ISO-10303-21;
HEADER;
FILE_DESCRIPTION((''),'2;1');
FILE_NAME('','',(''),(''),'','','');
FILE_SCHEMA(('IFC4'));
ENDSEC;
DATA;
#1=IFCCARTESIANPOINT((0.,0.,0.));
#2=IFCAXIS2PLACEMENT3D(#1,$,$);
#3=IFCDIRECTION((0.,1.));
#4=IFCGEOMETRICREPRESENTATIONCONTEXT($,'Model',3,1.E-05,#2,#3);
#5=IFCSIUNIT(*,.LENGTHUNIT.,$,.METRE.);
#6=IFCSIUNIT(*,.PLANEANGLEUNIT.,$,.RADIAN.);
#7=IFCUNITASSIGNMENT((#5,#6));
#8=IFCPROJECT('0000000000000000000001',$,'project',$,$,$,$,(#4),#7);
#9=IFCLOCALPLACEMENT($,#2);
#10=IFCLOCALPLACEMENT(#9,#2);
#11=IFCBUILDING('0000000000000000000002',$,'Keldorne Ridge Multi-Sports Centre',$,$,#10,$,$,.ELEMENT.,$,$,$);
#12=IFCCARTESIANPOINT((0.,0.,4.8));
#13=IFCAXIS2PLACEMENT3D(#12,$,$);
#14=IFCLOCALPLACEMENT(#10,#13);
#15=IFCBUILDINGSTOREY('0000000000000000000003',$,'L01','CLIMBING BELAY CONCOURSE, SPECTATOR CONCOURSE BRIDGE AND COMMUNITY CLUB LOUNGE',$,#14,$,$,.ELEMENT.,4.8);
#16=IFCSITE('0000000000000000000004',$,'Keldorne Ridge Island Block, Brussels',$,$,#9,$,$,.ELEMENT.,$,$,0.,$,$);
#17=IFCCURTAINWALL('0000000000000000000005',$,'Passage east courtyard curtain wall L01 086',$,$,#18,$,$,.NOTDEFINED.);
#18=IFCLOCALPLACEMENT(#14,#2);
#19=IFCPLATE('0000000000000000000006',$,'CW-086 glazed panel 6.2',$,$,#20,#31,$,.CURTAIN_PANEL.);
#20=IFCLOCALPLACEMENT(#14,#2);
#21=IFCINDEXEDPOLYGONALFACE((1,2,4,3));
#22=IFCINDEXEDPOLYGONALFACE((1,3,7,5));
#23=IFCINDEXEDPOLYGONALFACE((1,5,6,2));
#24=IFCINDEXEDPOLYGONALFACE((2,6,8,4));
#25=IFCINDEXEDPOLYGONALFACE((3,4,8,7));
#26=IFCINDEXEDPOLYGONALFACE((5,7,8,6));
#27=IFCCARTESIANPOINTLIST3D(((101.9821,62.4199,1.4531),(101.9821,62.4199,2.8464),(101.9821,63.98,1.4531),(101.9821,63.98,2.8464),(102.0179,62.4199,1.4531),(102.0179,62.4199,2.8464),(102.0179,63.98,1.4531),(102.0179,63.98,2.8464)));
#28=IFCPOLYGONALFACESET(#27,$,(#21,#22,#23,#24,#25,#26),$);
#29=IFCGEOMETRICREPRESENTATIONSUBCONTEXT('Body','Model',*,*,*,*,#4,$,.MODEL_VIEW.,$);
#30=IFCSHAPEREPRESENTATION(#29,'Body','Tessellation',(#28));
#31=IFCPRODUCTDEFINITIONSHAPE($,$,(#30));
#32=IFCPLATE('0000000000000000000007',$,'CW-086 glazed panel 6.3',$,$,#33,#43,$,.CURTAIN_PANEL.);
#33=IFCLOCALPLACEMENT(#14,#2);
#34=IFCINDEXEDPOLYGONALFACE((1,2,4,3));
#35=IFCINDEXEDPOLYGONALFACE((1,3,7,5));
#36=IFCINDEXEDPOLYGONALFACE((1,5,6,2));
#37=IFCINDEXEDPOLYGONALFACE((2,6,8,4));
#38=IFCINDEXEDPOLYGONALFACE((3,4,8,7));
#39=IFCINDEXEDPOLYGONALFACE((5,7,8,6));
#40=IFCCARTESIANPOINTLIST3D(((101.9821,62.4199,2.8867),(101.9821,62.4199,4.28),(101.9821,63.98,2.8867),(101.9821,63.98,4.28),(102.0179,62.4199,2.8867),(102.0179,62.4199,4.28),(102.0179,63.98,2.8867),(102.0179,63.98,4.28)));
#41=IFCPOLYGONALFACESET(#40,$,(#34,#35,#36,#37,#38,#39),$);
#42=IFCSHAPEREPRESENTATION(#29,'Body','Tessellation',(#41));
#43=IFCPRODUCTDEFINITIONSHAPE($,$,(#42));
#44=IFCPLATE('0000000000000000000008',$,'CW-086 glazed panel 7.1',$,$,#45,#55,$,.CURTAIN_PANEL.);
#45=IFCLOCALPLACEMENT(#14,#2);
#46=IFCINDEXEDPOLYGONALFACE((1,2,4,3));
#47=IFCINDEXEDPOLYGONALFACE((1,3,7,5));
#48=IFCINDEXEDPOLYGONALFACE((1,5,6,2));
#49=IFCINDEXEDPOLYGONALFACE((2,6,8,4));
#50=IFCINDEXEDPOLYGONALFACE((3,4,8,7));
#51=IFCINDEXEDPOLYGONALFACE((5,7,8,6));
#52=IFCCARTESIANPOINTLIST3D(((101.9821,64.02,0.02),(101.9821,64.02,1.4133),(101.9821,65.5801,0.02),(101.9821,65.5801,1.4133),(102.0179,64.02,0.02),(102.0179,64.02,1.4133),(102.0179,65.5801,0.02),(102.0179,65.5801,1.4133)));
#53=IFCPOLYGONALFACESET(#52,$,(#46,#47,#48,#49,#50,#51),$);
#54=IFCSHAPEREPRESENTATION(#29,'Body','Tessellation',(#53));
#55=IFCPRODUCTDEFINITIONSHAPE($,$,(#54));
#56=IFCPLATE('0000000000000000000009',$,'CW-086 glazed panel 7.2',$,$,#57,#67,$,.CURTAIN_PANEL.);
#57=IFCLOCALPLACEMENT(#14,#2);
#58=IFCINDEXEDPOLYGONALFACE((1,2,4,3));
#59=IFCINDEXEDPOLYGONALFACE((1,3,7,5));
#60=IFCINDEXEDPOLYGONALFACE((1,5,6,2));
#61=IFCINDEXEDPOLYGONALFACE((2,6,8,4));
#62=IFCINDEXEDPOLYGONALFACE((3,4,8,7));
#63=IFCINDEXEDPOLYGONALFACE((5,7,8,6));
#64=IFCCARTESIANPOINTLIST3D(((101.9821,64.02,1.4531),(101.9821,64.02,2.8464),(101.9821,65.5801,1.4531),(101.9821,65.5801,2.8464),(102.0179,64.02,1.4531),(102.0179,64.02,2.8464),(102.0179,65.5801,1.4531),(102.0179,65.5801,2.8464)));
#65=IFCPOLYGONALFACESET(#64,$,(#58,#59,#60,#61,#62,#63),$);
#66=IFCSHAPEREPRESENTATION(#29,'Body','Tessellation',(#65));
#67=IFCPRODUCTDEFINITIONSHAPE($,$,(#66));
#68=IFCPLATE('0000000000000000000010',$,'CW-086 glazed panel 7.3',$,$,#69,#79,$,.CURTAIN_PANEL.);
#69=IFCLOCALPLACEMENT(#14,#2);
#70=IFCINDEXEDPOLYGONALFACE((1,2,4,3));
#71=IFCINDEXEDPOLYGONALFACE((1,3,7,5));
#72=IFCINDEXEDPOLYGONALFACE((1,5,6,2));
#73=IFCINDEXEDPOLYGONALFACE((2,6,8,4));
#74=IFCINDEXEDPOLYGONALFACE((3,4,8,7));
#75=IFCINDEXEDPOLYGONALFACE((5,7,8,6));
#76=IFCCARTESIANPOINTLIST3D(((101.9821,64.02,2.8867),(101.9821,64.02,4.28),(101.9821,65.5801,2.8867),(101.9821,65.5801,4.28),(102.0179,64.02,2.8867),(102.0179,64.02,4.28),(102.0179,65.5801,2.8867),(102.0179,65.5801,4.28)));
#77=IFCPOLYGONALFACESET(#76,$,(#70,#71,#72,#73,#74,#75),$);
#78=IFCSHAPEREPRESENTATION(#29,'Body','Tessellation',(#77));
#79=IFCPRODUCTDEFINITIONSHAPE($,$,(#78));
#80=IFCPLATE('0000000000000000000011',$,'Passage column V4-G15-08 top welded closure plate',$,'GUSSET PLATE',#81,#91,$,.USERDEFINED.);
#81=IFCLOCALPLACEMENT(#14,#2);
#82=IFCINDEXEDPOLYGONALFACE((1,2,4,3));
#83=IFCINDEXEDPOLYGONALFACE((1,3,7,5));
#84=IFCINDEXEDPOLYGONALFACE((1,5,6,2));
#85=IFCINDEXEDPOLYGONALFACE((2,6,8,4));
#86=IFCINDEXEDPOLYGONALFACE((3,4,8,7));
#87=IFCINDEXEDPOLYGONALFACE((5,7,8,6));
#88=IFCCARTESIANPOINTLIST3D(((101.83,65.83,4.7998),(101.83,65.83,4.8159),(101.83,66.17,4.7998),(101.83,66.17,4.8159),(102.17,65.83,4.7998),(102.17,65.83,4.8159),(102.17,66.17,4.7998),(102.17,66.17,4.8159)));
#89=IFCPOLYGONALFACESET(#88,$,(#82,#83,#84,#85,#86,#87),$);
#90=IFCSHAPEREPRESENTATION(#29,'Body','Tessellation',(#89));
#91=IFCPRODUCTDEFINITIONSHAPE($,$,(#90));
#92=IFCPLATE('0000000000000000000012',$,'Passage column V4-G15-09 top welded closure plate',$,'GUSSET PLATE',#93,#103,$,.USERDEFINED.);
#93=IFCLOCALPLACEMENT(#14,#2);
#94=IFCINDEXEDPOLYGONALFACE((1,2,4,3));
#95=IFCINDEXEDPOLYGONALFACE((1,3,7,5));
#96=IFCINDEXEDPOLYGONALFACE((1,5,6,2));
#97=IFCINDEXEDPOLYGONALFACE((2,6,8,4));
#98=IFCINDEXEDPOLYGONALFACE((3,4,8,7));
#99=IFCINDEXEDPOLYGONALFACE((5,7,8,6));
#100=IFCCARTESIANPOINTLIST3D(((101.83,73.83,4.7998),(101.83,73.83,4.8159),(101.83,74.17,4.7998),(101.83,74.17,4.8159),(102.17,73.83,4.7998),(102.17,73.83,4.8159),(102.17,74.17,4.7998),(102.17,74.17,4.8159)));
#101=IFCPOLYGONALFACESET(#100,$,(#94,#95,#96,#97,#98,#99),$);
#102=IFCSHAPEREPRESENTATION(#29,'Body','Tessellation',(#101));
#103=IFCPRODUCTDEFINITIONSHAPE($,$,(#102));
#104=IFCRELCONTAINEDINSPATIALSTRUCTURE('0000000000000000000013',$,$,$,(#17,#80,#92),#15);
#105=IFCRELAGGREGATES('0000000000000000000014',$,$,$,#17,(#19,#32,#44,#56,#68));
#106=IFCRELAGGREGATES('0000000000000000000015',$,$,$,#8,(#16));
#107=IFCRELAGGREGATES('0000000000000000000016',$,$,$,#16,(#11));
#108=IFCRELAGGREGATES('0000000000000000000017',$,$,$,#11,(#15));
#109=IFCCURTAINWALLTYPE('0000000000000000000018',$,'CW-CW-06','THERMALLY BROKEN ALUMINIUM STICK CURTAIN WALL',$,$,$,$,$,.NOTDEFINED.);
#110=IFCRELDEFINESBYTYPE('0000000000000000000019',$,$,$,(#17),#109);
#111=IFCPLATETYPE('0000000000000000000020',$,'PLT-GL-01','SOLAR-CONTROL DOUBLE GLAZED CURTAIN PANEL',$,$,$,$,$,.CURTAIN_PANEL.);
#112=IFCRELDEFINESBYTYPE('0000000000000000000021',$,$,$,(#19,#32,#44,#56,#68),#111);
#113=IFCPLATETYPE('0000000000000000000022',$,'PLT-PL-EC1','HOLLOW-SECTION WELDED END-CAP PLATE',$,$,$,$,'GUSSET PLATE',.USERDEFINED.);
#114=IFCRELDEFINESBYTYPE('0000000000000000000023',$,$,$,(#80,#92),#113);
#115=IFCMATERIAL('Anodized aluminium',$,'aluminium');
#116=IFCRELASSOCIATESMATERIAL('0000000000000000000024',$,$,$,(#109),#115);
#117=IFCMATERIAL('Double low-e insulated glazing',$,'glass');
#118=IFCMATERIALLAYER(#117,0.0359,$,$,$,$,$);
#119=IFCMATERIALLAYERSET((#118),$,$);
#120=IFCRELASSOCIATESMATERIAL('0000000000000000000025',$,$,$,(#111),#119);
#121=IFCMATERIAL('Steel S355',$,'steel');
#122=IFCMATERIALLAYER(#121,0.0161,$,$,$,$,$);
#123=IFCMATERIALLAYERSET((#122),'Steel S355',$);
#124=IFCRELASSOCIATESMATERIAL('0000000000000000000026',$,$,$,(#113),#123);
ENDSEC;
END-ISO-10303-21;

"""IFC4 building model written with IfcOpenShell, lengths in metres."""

from ifc_helpers import new_model, si_unit, direction, frame, origin, origin_2d, place, context, subcontext, project, spatial, rectangle, extrude, material, layer, layer_set, type_object, element, aggregate, save


model = new_model("IFC4")

# Units and contexts
model_context = context("Model", 3, precision=1e-05, world=origin(), true_north=direction((0.0, 1.0)))
body_context = subcontext(model_context, "Body", "Model", "MODEL_VIEW")
ifc_project = project(units=[si_unit("LENGTHUNIT", "METRE"), si_unit("PLANEANGLEUNIT", "RADIAN")], contexts=[model_context])

# Site, building, storey
site_placement = place(None, origin())
site = spatial("IfcSite", under=ifc_project, at=site_placement, Name="Keldorne Ridge Island Block, Brussels", CompositionType="ELEMENT", RefElevation=0.0)
building_placement = place(site_placement, origin())
building = spatial("IfcBuilding", under=site, at=building_placement, Name="Keldorne Ridge Multi-Sports Centre", CompositionType="ELEMENT")
storey_placement = place(building_placement, frame((0.0, 0.0, 4.8)))
storey = spatial("IfcBuildingStorey", under=building, at=storey_placement, Name="L01", Description="CLIMBING BELAY CONCOURSE, SPECTATOR CONCOURSE BRIDGE AND COMMUNITY CLUB LOUNGE", CompositionType="ELEMENT", Elevation=4.8)

# Shared definitions
ifc_material_1 = material(Name="Steel S355", Category="steel")

# Curtain wall, plates
ifc_material_2 = material(Name="Anodized aluminium", Category="aluminium")
curtain_wall_type = type_object("IfcCurtainWallType", Name="CW-CW-06", Description="THERMALLY BROKEN ALUMINIUM STICK CURTAIN WALL", PredefinedType="NOTDEFINED", material=ifc_material_2)
curtain_wall_placement = place(storey_placement, origin())
curtain_wall = element("IfcCurtainWall", 1, at=curtain_wall_placement, inside=storey, type_object=curtain_wall_type, Name="Passage east courtyard curtain wall L01 086", PredefinedType="NOTDEFINED")
ifc_material_3 = material(Name="Double low-e insulated glazing", Category="glass")
ifc_layer_1 = layer(ifc_material_3, 0.0359)
ifc_layer_set_1 = layer_set([ifc_layer_1])
plate_type_1 = type_object("IfcPlateType", Name="PLT-GL-01", Description="SOLAR-CONTROL DOUBLE GLAZED CURTAIN PANEL", PredefinedType="CURTAIN_PANEL", material=ifc_layer_set_1)
plate_1_placement = place(storey_placement, frame((102.0, 63.2, 1.4531), z_axis=(0.0, 0.0, 1.0), x_axis=(0.0, 1.0, 0.0)))
plate_1 = element("IfcPlate", 2, at=plate_1_placement, type_object=plate_type_1, Name="CW-086 glazed panel 6.2", PredefinedType="CURTAIN_PANEL", context=body_context, shape_type="SweptSolid", body=[
    extrude(rectangle(XDim=1.5601, YDim=0.0359, at=origin_2d()), origin(), (0.0, 0.0, 1.0), 1.3933),
])
plate_2_placement = place(storey_placement, frame((102.0, 63.2, 2.8867), z_axis=(0.0, 0.0, 1.0), x_axis=(0.0, 1.0, 0.0)))
plate_2 = element("IfcPlate", 3, at=plate_2_placement, type_object=plate_type_1, Name="CW-086 glazed panel 6.3", PredefinedType="CURTAIN_PANEL", context=body_context, shape_type="SweptSolid", body=[
    extrude(rectangle(XDim=1.5601, YDim=0.0359, at=origin_2d()), origin(), (0.0, 0.0, 1.0), 1.3933),
])
plate_3_placement = place(storey_placement, frame((102.0, 64.8, 0.02), z_axis=(0.0, 0.0, 1.0), x_axis=(0.0, 1.0, 0.0)))
plate_3 = element("IfcPlate", 4, at=plate_3_placement, type_object=plate_type_1, Name="CW-086 glazed panel 7.1", PredefinedType="CURTAIN_PANEL", context=body_context, shape_type="SweptSolid", body=[
    extrude(rectangle(XDim=1.5601, YDim=0.0359, at=origin_2d()), origin(), (0.0, 0.0, 1.0), 1.3933),
])
plate_4_placement = place(storey_placement, frame((102.0, 64.8, 1.4531), z_axis=(0.0, 0.0, 1.0), x_axis=(0.0, 1.0, 0.0)))
plate_4 = element("IfcPlate", 5, at=plate_4_placement, type_object=plate_type_1, Name="CW-086 glazed panel 7.2", PredefinedType="CURTAIN_PANEL", context=body_context, shape_type="SweptSolid", body=[
    extrude(rectangle(XDim=1.5601, YDim=0.0359, at=origin_2d()), origin(), (0.0, 0.0, 1.0), 1.3933),
])
plate_5_placement = place(storey_placement, frame((102.0, 64.8, 2.8867), z_axis=(0.0, 0.0, 1.0), x_axis=(0.0, 1.0, 0.0)))
plate_5 = element("IfcPlate", 6, at=plate_5_placement, type_object=plate_type_1, Name="CW-086 glazed panel 7.3", PredefinedType="CURTAIN_PANEL", context=body_context, shape_type="SweptSolid", body=[
    extrude(rectangle(XDim=1.5601, YDim=0.0359, at=origin_2d()), origin(), (0.0, 0.0, 1.0), 1.3933),
])
aggregate(curtain_wall, [plate_1, plate_2, plate_3, plate_4, plate_5])

# Plates
ifc_layer_2 = layer(ifc_material_1, 0.0161)
ifc_layer_set_2 = layer_set([ifc_layer_2], Name="Steel S355")
plate_type_2 = type_object("IfcPlateType", Name="PLT-PL-EC1", Description="HOLLOW-SECTION WELDED END-CAP PLATE", ElementType="GUSSET PLATE", PredefinedType="USERDEFINED", material=ifc_layer_set_2)
for number, where, z_axis, x_axis, name in (
    (7, (102.0, 66.0, 4.7998), (0.0, 0.0, 1.0), (1.0, 0.0, 0.0), "Passage column V4-G15-08 top welded closure plate"),
    (8, (102.0, 74.0, 4.7998), (0.0, 0.0, 1.0), (1.0, 0.0, 0.0), "Passage column V4-G15-09 top welded closure plate"),
):
    element("IfcPlate", number, at=place(storey_placement, frame(where, z_axis=z_axis, x_axis=x_axis)), inside=storey, type_object=plate_type_2, Name=name, ObjectType="GUSSET PLATE", PredefinedType="USERDEFINED", context=body_context, shape_type="SweptSolid", body=[
        extrude(rectangle(XDim=0.3401, YDim=0.3401, at=origin_2d()), origin(), (0.0, 0.0, 1.0), 0.0161),
    ])

save(model, "model.ifc")
